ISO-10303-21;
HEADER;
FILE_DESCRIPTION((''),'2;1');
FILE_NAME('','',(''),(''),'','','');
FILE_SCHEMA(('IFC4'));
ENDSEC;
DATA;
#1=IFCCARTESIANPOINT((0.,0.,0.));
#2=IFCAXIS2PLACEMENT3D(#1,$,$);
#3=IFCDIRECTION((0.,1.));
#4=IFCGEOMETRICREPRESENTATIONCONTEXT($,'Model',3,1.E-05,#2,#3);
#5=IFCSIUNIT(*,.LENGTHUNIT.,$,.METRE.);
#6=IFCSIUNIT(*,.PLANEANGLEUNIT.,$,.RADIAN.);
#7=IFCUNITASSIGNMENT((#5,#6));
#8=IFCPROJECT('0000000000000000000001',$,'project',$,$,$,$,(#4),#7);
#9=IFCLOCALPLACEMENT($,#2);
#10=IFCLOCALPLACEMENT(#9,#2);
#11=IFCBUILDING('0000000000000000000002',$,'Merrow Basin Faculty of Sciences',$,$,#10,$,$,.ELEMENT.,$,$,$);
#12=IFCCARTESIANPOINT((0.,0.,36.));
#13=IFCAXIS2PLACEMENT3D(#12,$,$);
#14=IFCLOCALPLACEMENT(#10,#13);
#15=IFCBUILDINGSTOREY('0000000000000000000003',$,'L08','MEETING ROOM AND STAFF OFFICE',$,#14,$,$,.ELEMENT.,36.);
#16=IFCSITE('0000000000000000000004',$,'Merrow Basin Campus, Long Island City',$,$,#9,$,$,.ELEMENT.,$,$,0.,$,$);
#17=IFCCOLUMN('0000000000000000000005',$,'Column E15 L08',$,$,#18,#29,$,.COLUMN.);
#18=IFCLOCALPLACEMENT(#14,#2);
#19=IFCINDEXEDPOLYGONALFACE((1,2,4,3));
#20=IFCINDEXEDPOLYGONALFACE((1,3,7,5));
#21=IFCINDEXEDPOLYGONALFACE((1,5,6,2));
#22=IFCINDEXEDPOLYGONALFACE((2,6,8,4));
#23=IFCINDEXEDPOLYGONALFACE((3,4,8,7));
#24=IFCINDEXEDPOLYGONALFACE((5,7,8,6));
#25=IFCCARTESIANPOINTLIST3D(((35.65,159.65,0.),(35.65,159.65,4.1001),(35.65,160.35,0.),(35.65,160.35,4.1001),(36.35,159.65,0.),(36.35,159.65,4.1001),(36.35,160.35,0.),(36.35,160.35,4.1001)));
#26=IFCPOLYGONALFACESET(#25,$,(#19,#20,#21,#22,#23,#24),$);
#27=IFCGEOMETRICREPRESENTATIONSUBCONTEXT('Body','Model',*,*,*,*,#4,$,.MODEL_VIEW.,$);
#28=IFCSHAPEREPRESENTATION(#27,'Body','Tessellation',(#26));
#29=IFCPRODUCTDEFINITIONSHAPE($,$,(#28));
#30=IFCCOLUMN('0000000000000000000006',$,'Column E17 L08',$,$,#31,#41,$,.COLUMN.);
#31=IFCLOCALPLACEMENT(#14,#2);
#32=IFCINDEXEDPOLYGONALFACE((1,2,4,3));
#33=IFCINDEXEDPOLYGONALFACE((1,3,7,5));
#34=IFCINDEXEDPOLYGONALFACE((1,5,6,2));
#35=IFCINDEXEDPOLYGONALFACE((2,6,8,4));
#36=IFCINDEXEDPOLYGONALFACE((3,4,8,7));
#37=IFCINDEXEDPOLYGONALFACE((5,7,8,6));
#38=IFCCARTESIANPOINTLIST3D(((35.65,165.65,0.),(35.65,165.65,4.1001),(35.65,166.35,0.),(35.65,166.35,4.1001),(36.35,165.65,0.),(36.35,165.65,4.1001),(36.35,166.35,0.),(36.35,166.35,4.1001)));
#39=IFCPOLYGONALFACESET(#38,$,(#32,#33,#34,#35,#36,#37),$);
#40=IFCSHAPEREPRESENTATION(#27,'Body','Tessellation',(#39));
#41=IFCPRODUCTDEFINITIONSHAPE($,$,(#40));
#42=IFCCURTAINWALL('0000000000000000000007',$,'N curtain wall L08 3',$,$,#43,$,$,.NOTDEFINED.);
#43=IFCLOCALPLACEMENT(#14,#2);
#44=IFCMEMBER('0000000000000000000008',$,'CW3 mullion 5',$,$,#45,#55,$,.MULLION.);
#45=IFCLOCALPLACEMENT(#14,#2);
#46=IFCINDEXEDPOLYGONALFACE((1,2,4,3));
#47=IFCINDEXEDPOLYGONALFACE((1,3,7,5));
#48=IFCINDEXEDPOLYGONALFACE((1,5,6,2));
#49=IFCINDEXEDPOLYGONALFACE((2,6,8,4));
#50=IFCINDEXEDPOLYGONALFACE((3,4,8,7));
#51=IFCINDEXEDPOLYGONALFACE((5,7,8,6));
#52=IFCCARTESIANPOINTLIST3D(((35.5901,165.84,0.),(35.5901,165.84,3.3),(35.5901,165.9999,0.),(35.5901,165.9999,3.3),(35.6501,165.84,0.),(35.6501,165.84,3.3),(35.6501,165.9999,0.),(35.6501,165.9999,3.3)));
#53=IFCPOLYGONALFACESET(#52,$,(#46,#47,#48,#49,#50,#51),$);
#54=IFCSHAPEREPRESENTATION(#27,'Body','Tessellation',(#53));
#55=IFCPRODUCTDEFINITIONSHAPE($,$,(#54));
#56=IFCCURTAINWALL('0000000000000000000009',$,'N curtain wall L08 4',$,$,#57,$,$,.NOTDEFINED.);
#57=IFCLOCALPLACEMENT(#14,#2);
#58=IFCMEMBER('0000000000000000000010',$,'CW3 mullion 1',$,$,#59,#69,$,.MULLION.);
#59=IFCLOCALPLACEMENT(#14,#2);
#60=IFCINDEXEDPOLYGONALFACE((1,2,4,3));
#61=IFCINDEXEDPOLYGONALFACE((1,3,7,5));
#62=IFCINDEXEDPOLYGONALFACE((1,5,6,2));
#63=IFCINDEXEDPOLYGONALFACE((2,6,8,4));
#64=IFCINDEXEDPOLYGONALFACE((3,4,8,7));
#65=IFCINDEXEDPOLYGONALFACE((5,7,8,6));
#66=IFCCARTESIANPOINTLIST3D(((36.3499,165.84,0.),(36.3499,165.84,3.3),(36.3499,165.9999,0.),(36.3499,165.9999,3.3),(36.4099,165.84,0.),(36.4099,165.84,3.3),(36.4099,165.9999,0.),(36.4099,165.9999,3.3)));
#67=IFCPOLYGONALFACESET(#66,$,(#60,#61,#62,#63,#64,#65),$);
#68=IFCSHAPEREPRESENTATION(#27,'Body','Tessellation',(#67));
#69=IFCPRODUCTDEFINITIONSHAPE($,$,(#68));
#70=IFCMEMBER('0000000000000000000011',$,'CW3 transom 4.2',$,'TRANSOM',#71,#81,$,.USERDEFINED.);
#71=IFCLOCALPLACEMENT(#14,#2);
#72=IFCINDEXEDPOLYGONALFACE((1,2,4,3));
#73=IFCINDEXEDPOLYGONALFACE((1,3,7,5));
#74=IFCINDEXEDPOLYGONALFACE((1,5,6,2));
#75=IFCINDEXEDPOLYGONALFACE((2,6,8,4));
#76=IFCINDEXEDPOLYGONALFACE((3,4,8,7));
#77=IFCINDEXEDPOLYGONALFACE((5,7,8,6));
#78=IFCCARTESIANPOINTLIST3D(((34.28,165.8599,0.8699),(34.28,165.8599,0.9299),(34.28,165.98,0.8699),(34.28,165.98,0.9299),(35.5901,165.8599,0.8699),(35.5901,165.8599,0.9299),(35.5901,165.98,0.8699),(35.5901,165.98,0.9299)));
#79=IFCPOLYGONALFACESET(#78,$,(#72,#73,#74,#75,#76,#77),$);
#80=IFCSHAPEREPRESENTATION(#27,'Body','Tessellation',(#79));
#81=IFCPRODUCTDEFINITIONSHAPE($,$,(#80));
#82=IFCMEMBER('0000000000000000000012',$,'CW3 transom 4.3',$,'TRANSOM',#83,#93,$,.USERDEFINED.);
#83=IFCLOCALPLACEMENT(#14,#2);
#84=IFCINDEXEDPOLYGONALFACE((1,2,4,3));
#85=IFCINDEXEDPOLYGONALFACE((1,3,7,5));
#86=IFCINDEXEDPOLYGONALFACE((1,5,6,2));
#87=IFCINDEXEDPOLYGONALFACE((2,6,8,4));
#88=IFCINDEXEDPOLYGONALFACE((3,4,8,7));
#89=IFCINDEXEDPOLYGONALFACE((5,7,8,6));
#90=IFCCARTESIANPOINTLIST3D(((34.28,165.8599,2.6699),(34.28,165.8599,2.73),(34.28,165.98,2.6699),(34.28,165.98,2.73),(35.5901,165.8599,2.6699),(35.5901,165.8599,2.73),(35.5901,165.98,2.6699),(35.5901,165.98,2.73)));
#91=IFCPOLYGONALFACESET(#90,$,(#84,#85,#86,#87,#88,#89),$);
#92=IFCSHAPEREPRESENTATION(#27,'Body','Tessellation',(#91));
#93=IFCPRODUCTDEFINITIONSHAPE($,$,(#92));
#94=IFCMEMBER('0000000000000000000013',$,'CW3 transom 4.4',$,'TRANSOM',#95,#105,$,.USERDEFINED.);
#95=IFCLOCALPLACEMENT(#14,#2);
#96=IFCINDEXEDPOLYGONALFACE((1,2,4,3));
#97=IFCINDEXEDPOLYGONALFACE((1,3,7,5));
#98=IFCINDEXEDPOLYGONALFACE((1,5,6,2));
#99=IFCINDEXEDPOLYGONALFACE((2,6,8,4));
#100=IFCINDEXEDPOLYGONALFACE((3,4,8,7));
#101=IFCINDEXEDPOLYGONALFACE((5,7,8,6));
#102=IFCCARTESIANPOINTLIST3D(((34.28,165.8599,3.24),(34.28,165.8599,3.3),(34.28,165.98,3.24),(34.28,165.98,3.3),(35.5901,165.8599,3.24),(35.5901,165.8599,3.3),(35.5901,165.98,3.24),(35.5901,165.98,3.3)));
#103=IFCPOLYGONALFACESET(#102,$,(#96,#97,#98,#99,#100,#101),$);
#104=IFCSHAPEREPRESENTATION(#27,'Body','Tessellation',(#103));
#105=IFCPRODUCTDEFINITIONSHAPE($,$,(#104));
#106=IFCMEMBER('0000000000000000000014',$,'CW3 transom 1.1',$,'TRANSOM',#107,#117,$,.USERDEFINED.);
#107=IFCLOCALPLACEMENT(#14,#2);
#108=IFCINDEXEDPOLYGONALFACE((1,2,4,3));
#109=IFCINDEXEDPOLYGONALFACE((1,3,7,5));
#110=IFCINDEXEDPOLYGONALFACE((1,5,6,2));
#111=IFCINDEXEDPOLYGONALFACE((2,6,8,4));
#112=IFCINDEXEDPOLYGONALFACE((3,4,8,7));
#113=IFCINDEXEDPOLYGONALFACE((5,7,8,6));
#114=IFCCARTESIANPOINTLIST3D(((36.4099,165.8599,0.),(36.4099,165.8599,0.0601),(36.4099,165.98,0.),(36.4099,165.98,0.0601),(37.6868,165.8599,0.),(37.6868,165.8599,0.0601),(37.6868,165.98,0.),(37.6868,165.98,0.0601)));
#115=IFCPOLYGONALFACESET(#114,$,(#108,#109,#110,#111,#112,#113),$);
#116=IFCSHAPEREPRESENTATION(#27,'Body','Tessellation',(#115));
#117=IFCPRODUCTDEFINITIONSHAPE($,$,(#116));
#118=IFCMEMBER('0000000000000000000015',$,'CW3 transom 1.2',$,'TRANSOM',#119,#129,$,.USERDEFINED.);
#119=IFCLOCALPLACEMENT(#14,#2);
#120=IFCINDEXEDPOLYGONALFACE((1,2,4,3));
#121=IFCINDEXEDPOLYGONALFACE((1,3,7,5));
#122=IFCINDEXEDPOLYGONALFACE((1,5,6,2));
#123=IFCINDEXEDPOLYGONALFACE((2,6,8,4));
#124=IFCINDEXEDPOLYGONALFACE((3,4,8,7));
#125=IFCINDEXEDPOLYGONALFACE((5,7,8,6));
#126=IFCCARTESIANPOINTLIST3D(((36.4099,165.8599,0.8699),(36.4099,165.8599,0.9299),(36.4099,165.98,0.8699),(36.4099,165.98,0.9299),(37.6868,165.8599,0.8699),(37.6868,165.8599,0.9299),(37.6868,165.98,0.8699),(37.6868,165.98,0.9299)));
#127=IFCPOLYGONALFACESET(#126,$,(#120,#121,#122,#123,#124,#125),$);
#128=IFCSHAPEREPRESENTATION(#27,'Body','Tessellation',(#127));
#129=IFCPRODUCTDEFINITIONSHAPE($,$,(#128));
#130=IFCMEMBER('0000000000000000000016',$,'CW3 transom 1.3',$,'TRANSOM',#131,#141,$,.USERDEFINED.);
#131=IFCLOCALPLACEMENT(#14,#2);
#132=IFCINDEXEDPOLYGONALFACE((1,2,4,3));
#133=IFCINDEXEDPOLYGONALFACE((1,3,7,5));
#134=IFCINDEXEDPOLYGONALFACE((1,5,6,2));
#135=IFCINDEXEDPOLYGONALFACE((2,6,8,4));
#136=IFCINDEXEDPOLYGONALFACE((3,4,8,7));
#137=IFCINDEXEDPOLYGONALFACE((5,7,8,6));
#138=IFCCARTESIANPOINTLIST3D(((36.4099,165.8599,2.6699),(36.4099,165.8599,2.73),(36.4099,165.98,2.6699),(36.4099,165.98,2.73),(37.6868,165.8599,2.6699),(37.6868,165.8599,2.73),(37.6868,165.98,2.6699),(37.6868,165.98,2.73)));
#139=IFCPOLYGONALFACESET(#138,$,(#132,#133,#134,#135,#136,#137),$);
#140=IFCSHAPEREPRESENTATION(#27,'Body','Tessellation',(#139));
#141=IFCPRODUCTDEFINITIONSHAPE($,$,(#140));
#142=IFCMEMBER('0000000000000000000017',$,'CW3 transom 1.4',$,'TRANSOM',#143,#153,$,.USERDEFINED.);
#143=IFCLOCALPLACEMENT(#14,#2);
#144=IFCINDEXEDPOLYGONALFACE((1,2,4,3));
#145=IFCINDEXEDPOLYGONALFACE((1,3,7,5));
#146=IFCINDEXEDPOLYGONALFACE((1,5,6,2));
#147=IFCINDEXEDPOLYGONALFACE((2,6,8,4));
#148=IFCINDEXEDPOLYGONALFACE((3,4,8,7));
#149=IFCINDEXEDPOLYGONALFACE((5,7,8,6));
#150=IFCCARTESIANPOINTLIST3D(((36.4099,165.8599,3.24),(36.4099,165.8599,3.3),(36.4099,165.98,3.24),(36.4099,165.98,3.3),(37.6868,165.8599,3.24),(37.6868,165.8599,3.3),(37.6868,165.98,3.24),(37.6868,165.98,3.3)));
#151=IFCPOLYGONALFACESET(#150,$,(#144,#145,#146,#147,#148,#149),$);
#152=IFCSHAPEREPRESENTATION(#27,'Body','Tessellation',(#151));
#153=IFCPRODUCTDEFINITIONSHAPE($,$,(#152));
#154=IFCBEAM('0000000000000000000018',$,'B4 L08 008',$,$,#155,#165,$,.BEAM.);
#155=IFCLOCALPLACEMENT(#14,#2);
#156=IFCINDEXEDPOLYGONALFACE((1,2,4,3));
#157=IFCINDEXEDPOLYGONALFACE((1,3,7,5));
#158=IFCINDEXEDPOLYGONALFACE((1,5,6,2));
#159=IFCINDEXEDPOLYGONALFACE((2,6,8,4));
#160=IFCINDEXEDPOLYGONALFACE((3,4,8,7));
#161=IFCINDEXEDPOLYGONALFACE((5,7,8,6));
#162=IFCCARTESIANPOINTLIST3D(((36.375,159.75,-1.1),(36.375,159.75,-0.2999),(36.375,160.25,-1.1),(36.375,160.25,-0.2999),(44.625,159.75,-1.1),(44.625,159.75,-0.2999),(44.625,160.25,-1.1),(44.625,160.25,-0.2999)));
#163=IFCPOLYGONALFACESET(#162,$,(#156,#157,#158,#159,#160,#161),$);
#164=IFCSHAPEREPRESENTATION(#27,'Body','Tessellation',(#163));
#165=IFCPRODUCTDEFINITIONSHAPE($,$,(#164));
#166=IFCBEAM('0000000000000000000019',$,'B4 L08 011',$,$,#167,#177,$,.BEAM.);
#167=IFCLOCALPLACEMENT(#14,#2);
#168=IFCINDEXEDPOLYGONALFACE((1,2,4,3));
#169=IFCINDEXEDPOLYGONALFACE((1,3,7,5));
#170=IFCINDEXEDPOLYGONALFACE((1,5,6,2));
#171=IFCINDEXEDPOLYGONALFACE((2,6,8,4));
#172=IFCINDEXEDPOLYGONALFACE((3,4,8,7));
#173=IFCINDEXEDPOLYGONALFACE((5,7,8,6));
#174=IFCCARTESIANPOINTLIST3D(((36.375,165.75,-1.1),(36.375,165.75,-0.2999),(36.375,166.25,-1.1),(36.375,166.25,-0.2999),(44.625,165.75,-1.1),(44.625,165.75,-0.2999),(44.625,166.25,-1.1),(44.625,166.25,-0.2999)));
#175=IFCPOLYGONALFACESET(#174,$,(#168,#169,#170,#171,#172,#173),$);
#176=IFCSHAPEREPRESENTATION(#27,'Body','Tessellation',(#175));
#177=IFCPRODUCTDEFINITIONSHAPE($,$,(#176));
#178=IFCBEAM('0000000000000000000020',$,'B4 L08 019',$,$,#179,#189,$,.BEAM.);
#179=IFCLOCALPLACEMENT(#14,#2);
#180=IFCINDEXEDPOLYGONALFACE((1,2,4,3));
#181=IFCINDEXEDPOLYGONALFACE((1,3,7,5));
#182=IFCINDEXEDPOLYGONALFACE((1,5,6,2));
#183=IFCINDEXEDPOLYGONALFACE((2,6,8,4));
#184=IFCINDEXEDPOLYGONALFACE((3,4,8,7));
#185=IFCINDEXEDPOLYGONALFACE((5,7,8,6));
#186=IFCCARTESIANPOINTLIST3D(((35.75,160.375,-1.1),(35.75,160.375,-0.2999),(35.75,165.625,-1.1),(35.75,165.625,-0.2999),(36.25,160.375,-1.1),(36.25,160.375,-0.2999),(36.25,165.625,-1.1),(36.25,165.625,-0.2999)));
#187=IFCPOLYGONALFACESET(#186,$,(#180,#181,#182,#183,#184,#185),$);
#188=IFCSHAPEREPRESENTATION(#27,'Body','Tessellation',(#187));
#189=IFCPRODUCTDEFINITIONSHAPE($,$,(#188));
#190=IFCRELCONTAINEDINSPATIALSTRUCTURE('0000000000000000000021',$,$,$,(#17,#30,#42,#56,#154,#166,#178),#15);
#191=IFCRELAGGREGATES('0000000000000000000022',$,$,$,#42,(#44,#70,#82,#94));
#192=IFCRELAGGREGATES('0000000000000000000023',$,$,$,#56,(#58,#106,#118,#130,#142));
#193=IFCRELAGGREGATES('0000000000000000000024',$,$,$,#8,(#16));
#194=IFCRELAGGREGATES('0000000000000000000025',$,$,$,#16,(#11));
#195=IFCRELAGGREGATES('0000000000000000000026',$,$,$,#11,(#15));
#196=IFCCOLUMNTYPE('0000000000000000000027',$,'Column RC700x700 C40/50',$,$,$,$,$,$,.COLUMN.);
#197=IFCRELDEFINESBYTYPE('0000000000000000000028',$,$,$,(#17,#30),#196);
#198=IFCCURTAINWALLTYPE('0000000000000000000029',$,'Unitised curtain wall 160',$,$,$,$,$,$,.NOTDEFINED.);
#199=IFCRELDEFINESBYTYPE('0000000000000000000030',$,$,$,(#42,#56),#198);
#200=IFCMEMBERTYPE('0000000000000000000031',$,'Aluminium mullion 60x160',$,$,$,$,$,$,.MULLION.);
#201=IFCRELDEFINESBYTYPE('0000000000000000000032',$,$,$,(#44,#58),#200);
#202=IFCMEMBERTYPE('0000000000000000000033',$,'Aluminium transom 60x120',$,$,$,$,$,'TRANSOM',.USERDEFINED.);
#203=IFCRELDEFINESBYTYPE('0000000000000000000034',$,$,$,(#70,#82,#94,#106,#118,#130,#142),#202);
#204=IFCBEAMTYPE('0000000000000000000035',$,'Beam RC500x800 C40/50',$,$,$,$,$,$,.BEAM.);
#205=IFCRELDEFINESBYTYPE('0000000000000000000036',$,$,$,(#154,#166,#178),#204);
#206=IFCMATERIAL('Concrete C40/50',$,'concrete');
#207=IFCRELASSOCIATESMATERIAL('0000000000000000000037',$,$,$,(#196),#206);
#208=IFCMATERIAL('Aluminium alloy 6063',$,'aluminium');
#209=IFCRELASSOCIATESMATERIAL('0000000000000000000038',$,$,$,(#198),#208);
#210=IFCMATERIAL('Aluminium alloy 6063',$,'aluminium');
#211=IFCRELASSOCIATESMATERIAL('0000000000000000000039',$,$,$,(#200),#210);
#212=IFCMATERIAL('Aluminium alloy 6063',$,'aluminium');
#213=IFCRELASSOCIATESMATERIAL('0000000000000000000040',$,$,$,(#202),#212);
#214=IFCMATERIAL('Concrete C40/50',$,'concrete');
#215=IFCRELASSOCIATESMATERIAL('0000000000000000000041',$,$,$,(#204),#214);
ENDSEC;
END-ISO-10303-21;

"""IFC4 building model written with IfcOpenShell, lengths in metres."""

from ifc_helpers import new_model, si_unit, direction, frame, origin, origin_2d, place, context, subcontext, project, spatial, rectangle, extrude, material, material_profile, profile_set, type_object, element, aggregate, save


model = new_model("IFC4")

# Units and contexts
model_context = context("Model", 3, precision=1e-05, world=origin(), true_north=direction((0.0, 1.0)))
body_context = subcontext(model_context, "Body", "Model", "MODEL_VIEW")
ifc_project = project(units=[si_unit("LENGTHUNIT", "METRE"), si_unit("PLANEANGLEUNIT", "RADIAN")], contexts=[model_context])

# Site, building, storey
site_placement = place(None, origin())
site = spatial("IfcSite", under=ifc_project, at=site_placement, Name="Merrow Basin Campus, Long Island City", CompositionType="ELEMENT", RefElevation=0.0)
building_placement = place(site_placement, origin())
building = spatial("IfcBuilding", under=site, at=building_placement, Name="Merrow Basin Faculty of Sciences", CompositionType="ELEMENT")
storey_placement = place(building_placement, frame((0.0, 0.0, 36.0)))
storey = spatial("IfcBuildingStorey", under=building, at=storey_placement, Name="L08", Description="MEETING ROOM AND STAFF OFFICE", CompositionType="ELEMENT", Elevation=36.0)

# Columns
ifc_material_1 = material(Name="Concrete C40/50", Category="concrete")
ifc_material_profile_1 = material_profile(ifc_material_1, rectangle(XDim=0.7, YDim=0.7, at=origin_2d()))
ifc_profile_set_1 = profile_set([ifc_material_profile_1], Name="Concrete C40/50")
column_type = type_object("IfcColumnType", Name="Column RC700x700 C40/50", PredefinedType="COLUMN", material=ifc_profile_set_1)
for number, where, z_axis, x_axis, name in (
    (1, (36.0, 160.0, 0.0), (0.0, 0.0, 1.0), (1.0, 0.0, 0.0), "Column E15 L08"),
    (2, (36.0, 166.0, 0.0), (0.0, 0.0, 1.0), (1.0, 0.0, 0.0), "Column E17 L08"),
):
    element("IfcColumn", number, at=place(storey_placement, frame(where, z_axis=z_axis, x_axis=x_axis)), inside=storey, type_object=column_type, Name=name, PredefinedType="COLUMN", context=body_context, shape_type="SweptSolid", body=[
        extrude(rectangle(XDim=0.7, YDim=0.7, at=origin_2d()), origin(), (0.0, 0.0, 1.0), 4.1001),
    ])

# Curtain walls, members
ifc_material_2 = material(Name="Aluminium alloy 6063", Category="aluminium")
curtain_wall_type = type_object("IfcCurtainWallType", Name="Unitised curtain wall 160", PredefinedType="NOTDEFINED", material=ifc_material_2)
curtain_wall_1_placement = place(storey_placement, origin())
curtain_wall_1 = element("IfcCurtainWall", 3, at=curtain_wall_1_placement, inside=storey, type_object=curtain_wall_type, Name="N curtain wall L08 3", PredefinedType="NOTDEFINED")
ifc_material_3 = material(Name="Aluminium alloy 6063", Category="aluminium")
ifc_material_profile_2 = material_profile(ifc_material_3, rectangle(XDim=0.1599, YDim=0.0601, at=origin_2d()))
ifc_profile_set_2 = profile_set([ifc_material_profile_2], Name="Aluminium alloy 6063")
member_type_1 = type_object("IfcMemberType", Name="Aluminium mullion 60x160", PredefinedType="MULLION", material=ifc_profile_set_2)
member_1_placement = place(storey_placement, frame((35.6201, 165.9199, 0.0), z_axis=(0.0, 0.0, 1.0), x_axis=(0.0, 1.0, 0.0)))
member_1 = element("IfcMember", 4, at=member_1_placement, type_object=member_type_1, Name="CW3 mullion 5", PredefinedType="MULLION", context=body_context, shape_type="SweptSolid", body=[
    extrude(rectangle(XDim=0.1599, YDim=0.0601, at=origin_2d()), origin(), (0.0, 0.0, 1.0), 3.3),
])
curtain_wall_2_placement = place(storey_placement, origin())
curtain_wall_2 = element("IfcCurtainWall", 5, at=curtain_wall_2_placement, inside=storey, type_object=curtain_wall_type, Name="N curtain wall L08 4", PredefinedType="NOTDEFINED")
member_2_placement = place(storey_placement, frame((36.3799, 165.9199, 0.0), z_axis=(0.0, 0.0, 1.0), x_axis=(0.0, 1.0, 0.0)))
member_2 = element("IfcMember", 6, at=member_2_placement, type_object=member_type_1, Name="CW3 mullion 1", PredefinedType="MULLION", context=body_context, shape_type="SweptSolid", body=[
    extrude(rectangle(XDim=0.1599, YDim=0.0601, at=origin_2d()), origin(), (0.0, 0.0, 1.0), 3.3),
])

# Members
ifc_material_4 = material(Name="Aluminium alloy 6063", Category="aluminium")
ifc_material_profile_3 = material_profile(ifc_material_4, rectangle(XDim=0.1201, YDim=0.0601, at=origin_2d()))
ifc_profile_set_3 = profile_set([ifc_material_profile_3], Name="Aluminium alloy 6063")
member_type_2 = type_object("IfcMemberType", Name="Aluminium transom 60x120", ElementType="TRANSOM", PredefinedType="USERDEFINED", material=ifc_profile_set_3)
member_3_placement = place(storey_placement, frame((34.28, 165.9199, 0.8999), z_axis=(1.0, 0.0, 0.0), x_axis=(0.0, 1.0, 0.0)))
member_3 = element("IfcMember", 7, at=member_3_placement, type_object=member_type_2, Name="CW3 transom 4.2", ObjectType="TRANSOM", PredefinedType="USERDEFINED", context=body_context, shape_type="SweptSolid", body=[
    extrude(rectangle(XDim=0.1201, YDim=0.0601, at=origin_2d()), origin(), (0.0, 0.0, 1.0), 1.3101),
])
member_4_placement = place(storey_placement, frame((34.28, 165.9199, 2.7), z_axis=(1.0, 0.0, 0.0), x_axis=(0.0, 1.0, 0.0)))
member_4 = element("IfcMember", 8, at=member_4_placement, type_object=member_type_2, Name="CW3 transom 4.3", ObjectType="TRANSOM", PredefinedType="USERDEFINED", context=body_context, shape_type="SweptSolid", body=[
    extrude(rectangle(XDim=0.1201, YDim=0.0601, at=origin_2d()), origin(), (0.0, 0.0, 1.0), 1.3101),
])
member_5_placement = place(storey_placement, frame((34.28, 165.9199, 3.27), z_axis=(1.0, 0.0, 0.0), x_axis=(0.0, 1.0, 0.0)))
member_5 = element("IfcMember", 9, at=member_5_placement, type_object=member_type_2, Name="CW3 transom 4.4", ObjectType="TRANSOM", PredefinedType="USERDEFINED", context=body_context, shape_type="SweptSolid", body=[
    extrude(rectangle(XDim=0.1201, YDim=0.0601, at=origin_2d()), origin(), (0.0, 0.0, 1.0), 1.3101),
])
member_6_placement = place(storey_placement, frame((36.4099, 165.9199, 0.03), z_axis=(1.0, 0.0, 0.0), x_axis=(0.0, 1.0, 0.0)))
member_6 = element("IfcMember", 10, at=member_6_placement, type_object=member_type_2, Name="CW3 transom 1.1", ObjectType="TRANSOM", PredefinedType="USERDEFINED", context=body_context, shape_type="SweptSolid", body=[
    extrude(rectangle(XDim=0.1201, YDim=0.0601, at=origin_2d()), origin(), (0.0, 0.0, 1.0), 1.2769),
])
member_7_placement = place(storey_placement, frame((36.4099, 165.9199, 0.8999), z_axis=(1.0, 0.0, 0.0), x_axis=(0.0, 1.0, 0.0)))
member_7 = element("IfcMember", 11, at=member_7_placement, type_object=member_type_2, Name="CW3 transom 1.2", ObjectType="TRANSOM", PredefinedType="USERDEFINED", context=body_context, shape_type="SweptSolid", body=[
    extrude(rectangle(XDim=0.1201, YDim=0.0601, at=origin_2d()), origin(), (0.0, 0.0, 1.0), 1.2769),
])
member_8_placement = place(storey_placement, frame((36.4099, 165.9199, 2.7), z_axis=(1.0, 0.0, 0.0), x_axis=(0.0, 1.0, 0.0)))
member_8 = element("IfcMember", 12, at=member_8_placement, type_object=member_type_2, Name="CW3 transom 1.3", ObjectType="TRANSOM", PredefinedType="USERDEFINED", context=body_context, shape_type="SweptSolid", body=[
    extrude(rectangle(XDim=0.1201, YDim=0.0601, at=origin_2d()), origin(), (0.0, 0.0, 1.0), 1.2769),
])
member_9_placement = place(storey_placement, frame((36.4099, 165.9199, 3.27), z_axis=(1.0, 0.0, 0.0), x_axis=(0.0, 1.0, 0.0)))
member_9 = element("IfcMember", 13, at=member_9_placement, type_object=member_type_2, Name="CW3 transom 1.4", ObjectType="TRANSOM", PredefinedType="USERDEFINED", context=body_context, shape_type="SweptSolid", body=[
    extrude(rectangle(XDim=0.1201, YDim=0.0601, at=origin_2d()), origin(), (0.0, 0.0, 1.0), 1.2769),
])

# Beams
ifc_material_5 = material(Name="Concrete C40/50", Category="concrete")
ifc_material_profile_4 = material_profile(ifc_material_5, rectangle(XDim=0.5, YDim=0.8, at=origin_2d()))
ifc_profile_set_4 = profile_set([ifc_material_profile_4], Name="Concrete C40/50")
beam_type = type_object("IfcBeamType", Name="Beam RC500x800 C40/50", PredefinedType="BEAM", material=ifc_profile_set_4)
for number, where, z_axis, x_axis, name in (
    (14, (36.375, 160.0, -0.7), (1.0, 0.0, 0.0), (0.0, 1.0, 0.0), "B4 L08 008"),
    (15, (36.375, 166.0, -0.7), (1.0, 0.0, 0.0), (0.0, 1.0, 0.0), "B4 L08 011"),
):
    element("IfcBeam", number, at=place(storey_placement, frame(where, z_axis=z_axis, x_axis=x_axis)), inside=storey, type_object=beam_type, Name=name, PredefinedType="BEAM", context=body_context, shape_type="SweptSolid", body=[
        extrude(rectangle(XDim=0.5, YDim=0.8, at=origin_2d()), origin(), (0.0, 0.0, 1.0), 8.25),
    ])
beam_placement = place(storey_placement, frame((36.0, 160.375, -0.7), z_axis=(0.0, 1.0, 0.0), x_axis=(-1.0, 0.0, 0.0)))
element("IfcBeam", 16, at=beam_placement, inside=storey, type_object=beam_type, Name="B4 L08 019", PredefinedType="BEAM", context=body_context, shape_type="SweptSolid", body=[
    extrude(rectangle(XDim=0.5, YDim=0.8, at=origin_2d()), origin(), (0.0, 0.0, 1.0), 5.25),
])

aggregate(curtain_wall_1, [member_1, member_3, member_4, member_5])
aggregate(curtain_wall_2, [member_2, member_6, member_7, member_8, member_9])

save(model, "model.ifc")
